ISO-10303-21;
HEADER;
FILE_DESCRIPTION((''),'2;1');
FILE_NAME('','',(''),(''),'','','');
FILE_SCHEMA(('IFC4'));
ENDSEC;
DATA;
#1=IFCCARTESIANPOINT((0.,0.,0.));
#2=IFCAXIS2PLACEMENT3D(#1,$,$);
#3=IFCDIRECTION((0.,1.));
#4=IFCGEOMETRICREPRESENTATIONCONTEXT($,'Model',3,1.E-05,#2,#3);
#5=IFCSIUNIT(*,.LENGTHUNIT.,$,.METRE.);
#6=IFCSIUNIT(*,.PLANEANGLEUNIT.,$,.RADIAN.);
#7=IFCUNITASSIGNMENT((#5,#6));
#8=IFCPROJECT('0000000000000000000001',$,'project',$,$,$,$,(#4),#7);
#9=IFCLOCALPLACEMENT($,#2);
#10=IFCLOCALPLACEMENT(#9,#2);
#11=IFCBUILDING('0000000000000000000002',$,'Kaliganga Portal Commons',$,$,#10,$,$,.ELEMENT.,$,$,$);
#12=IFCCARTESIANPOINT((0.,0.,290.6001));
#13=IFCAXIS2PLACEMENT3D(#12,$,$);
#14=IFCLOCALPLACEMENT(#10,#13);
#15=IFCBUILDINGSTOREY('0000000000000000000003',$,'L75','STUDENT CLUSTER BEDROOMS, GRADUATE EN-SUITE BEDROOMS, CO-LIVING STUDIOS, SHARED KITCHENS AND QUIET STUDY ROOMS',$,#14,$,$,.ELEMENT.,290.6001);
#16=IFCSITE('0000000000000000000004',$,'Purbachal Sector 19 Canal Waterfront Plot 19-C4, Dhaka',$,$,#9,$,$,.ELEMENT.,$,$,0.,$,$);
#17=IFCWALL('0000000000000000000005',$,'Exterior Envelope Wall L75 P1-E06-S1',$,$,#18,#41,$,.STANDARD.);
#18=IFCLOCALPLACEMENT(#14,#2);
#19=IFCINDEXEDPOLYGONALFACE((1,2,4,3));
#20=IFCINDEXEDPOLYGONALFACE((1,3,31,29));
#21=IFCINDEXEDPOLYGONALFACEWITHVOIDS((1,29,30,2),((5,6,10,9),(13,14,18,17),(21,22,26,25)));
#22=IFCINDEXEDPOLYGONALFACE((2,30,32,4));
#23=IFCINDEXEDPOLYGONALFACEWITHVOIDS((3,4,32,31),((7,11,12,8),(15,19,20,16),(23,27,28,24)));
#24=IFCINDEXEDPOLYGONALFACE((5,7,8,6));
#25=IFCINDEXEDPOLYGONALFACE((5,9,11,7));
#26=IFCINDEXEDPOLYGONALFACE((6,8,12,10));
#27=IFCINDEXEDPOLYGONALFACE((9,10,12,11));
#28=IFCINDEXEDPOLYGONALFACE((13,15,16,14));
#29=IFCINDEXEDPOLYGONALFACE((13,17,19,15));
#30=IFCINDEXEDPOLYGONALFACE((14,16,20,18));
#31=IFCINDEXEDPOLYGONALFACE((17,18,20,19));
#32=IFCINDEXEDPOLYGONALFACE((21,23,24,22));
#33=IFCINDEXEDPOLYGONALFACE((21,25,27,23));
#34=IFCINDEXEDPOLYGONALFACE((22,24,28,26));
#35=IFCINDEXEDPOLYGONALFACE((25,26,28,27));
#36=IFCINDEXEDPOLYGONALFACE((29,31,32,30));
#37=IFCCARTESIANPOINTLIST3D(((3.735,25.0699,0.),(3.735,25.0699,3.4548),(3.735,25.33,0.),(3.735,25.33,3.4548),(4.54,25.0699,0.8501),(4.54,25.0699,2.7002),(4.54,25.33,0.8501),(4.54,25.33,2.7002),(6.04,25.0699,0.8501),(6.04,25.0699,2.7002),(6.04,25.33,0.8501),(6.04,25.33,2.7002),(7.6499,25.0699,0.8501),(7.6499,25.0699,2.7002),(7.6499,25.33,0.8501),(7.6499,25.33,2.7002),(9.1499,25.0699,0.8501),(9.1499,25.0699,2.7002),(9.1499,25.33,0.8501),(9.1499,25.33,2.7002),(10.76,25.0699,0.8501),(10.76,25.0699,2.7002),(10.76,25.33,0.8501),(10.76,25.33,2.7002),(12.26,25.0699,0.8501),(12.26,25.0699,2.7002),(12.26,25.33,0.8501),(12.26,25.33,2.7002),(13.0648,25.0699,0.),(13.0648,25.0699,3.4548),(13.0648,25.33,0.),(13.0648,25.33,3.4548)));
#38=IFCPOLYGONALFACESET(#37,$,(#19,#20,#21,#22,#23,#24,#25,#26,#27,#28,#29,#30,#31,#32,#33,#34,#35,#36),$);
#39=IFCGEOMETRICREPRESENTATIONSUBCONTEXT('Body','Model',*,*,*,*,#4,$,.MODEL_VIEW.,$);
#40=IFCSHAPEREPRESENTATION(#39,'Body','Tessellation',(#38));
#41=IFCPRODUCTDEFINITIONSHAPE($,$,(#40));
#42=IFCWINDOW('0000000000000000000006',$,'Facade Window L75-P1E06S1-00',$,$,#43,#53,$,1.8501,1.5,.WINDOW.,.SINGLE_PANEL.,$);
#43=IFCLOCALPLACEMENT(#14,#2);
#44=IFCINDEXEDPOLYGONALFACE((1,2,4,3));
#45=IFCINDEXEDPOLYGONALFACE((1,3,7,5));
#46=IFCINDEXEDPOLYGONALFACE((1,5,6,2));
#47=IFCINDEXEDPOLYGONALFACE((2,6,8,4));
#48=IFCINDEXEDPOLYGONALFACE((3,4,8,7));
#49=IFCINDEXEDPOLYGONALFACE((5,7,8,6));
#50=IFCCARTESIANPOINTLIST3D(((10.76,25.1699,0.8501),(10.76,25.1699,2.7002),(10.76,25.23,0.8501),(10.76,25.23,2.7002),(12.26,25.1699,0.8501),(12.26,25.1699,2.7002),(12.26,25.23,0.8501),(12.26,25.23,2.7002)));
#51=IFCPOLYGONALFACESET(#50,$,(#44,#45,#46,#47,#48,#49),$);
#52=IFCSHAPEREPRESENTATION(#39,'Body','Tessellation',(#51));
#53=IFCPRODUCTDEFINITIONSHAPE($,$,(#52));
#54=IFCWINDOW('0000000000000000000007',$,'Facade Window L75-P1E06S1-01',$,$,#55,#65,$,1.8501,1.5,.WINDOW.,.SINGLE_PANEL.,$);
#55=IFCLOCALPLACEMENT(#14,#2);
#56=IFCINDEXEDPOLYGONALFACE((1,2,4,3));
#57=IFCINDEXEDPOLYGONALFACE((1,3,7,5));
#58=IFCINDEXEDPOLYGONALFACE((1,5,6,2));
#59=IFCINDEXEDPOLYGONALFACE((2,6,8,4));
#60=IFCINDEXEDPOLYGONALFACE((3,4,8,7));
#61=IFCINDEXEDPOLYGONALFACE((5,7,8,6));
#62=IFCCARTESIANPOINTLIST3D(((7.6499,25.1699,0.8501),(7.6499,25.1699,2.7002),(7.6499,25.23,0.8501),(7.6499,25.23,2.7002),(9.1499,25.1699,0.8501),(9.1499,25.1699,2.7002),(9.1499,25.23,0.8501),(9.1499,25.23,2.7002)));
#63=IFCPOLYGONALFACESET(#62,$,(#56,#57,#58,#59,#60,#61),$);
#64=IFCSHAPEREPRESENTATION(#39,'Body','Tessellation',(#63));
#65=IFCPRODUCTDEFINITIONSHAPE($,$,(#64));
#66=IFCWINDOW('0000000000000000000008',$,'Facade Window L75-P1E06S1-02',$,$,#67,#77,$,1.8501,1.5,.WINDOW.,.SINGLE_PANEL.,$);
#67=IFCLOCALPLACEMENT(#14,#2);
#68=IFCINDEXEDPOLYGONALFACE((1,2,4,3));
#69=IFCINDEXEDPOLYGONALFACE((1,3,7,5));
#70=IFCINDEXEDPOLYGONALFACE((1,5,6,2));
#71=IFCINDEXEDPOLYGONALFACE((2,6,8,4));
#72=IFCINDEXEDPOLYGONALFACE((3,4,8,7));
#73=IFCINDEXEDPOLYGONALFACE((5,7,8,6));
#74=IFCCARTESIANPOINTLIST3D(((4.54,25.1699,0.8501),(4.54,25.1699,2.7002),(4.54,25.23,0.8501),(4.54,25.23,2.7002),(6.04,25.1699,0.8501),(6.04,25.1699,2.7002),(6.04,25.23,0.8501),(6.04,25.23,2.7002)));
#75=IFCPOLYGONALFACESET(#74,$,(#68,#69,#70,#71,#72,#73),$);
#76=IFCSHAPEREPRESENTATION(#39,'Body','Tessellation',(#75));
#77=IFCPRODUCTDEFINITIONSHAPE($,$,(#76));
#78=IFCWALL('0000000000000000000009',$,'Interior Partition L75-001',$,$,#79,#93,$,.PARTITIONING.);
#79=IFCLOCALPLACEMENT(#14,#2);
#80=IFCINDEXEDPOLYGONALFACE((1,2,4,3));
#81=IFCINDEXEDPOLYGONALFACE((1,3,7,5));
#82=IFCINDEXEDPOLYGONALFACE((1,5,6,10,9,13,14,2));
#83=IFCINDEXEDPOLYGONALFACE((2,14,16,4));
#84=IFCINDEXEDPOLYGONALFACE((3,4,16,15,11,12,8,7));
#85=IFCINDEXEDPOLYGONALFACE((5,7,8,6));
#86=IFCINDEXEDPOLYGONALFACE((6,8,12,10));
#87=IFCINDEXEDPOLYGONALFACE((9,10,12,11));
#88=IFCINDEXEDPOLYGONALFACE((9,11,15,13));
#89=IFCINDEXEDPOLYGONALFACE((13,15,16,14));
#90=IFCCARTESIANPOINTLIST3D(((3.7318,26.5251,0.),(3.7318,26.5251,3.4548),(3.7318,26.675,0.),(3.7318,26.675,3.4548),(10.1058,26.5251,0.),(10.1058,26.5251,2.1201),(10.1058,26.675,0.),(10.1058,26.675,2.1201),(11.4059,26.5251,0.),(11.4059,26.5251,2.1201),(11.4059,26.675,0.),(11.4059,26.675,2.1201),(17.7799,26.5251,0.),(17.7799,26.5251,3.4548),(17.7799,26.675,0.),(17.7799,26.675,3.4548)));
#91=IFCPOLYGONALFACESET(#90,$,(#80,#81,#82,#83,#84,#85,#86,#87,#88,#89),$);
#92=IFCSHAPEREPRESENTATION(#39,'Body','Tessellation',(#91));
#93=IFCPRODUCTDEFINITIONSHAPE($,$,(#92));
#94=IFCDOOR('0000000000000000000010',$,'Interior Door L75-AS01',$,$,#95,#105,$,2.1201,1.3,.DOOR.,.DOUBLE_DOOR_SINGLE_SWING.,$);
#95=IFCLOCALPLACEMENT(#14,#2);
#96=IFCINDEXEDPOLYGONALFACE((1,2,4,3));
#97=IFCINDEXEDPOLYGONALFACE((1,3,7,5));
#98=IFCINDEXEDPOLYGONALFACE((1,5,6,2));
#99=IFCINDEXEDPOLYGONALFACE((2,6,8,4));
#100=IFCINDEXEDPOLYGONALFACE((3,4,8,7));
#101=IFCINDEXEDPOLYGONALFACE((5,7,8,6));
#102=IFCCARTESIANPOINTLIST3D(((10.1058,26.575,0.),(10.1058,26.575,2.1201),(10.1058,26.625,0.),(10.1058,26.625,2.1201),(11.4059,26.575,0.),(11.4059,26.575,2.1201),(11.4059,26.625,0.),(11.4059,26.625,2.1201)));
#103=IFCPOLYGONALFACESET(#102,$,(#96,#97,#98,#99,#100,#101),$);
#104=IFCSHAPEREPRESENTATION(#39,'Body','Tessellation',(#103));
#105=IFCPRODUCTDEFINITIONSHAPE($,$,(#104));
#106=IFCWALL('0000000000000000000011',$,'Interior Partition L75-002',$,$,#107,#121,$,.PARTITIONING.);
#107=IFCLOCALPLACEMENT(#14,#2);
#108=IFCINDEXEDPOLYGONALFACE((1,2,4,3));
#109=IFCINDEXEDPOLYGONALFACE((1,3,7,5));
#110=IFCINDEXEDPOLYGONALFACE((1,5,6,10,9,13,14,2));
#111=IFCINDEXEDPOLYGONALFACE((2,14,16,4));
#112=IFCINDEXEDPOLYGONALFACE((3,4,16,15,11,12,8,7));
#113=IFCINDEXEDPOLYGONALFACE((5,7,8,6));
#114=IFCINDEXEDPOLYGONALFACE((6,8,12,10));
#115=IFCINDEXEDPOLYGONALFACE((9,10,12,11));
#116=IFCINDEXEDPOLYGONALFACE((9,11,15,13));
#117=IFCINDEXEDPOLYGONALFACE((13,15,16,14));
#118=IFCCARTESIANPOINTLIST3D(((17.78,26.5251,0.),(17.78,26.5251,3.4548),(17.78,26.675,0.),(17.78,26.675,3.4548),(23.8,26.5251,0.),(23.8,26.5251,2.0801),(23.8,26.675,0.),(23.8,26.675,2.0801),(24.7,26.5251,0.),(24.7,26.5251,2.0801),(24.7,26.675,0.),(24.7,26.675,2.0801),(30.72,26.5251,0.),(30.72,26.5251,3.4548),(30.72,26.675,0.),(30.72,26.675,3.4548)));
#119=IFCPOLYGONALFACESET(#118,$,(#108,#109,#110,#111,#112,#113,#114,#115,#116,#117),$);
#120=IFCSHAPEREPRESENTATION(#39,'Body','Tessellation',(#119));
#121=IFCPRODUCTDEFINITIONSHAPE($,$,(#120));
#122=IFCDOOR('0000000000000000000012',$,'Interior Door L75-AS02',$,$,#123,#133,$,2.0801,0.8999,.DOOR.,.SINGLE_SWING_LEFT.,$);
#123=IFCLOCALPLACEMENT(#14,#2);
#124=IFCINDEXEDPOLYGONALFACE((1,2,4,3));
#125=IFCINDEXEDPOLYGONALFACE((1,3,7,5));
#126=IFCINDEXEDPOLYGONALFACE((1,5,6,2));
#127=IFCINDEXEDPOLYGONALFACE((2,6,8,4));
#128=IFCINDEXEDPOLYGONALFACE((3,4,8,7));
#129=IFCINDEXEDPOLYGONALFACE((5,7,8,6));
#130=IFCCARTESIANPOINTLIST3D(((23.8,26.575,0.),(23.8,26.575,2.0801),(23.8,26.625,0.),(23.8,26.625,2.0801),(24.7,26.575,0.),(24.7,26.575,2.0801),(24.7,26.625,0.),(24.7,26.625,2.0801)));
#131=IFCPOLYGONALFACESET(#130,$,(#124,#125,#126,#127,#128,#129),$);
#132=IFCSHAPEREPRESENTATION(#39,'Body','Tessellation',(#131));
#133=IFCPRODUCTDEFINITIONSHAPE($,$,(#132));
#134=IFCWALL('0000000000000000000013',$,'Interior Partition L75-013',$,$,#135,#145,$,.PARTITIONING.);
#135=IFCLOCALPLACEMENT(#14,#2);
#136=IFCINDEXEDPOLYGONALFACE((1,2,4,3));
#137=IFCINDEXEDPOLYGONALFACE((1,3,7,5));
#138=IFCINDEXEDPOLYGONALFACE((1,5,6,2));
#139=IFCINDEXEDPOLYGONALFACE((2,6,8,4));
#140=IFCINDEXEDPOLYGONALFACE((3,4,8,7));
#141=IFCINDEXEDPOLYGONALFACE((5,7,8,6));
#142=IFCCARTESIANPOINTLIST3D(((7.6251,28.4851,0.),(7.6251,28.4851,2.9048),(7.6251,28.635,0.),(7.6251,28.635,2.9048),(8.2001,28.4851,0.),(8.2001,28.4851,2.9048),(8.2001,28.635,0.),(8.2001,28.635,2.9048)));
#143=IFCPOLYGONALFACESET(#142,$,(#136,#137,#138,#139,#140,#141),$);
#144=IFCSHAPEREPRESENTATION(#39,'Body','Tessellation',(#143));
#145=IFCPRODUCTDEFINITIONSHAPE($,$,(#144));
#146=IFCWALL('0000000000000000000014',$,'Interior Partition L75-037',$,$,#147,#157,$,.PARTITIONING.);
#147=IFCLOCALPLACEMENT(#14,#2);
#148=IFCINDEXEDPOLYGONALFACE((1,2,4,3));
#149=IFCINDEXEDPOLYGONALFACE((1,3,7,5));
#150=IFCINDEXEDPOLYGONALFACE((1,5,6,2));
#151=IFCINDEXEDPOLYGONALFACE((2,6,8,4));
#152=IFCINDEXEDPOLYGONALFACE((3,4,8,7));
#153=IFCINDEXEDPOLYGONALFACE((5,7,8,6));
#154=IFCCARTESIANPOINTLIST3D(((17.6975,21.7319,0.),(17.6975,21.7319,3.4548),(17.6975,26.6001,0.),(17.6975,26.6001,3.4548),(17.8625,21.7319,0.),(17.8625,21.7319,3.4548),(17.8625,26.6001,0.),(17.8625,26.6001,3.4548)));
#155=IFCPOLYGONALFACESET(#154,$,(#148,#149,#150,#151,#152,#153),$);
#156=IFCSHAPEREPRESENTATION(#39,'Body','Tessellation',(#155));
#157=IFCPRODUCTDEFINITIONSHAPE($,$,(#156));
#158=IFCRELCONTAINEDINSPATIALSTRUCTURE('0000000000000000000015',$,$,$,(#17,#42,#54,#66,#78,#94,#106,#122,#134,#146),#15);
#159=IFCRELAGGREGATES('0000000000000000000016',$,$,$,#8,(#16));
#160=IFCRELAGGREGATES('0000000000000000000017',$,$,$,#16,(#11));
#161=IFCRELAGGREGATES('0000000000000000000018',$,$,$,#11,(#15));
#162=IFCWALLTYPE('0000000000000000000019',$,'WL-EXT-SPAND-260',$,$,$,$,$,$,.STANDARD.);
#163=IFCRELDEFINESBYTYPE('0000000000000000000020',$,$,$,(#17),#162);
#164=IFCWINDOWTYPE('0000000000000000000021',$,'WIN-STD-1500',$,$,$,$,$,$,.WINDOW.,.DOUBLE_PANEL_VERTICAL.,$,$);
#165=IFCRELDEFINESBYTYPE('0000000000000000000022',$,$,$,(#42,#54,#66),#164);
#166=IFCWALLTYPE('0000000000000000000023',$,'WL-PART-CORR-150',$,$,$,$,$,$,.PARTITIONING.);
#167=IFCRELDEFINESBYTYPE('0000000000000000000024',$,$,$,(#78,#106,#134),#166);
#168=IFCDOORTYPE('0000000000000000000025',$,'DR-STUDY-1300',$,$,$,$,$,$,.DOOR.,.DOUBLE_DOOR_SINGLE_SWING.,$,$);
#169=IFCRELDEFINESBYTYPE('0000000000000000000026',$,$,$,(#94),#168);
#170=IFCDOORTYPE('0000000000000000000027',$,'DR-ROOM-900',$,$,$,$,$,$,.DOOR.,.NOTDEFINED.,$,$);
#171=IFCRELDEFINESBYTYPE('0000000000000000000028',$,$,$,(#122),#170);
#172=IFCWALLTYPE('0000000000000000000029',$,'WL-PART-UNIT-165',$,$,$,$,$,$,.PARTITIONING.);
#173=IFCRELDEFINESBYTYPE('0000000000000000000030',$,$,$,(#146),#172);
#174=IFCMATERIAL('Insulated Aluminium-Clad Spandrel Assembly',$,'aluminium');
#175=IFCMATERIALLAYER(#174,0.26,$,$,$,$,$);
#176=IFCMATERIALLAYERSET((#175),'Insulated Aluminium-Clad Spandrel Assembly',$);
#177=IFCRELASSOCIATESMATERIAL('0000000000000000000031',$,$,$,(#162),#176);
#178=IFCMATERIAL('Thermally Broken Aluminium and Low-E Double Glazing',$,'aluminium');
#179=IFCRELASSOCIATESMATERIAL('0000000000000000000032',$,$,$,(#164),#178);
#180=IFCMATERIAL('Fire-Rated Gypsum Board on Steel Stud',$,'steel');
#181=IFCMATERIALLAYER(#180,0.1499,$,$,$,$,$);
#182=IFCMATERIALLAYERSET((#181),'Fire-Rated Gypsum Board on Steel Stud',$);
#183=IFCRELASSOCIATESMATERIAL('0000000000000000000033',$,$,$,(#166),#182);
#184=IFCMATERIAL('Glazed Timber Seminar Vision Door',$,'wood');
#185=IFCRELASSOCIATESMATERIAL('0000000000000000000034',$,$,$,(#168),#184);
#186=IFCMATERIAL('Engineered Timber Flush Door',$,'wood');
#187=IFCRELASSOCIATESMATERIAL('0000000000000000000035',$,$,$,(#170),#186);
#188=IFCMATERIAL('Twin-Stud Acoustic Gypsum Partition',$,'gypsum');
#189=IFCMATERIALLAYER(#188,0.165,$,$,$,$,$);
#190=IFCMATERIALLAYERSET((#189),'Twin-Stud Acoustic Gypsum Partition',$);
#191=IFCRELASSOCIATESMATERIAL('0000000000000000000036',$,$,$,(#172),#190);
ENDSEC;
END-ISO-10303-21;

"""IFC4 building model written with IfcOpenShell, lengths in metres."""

from ifc_helpers import new_model, si_unit, direction, frame, frame_2d, origin, place, context, subcontext, project, spatial, rectangle, extrude, material, layer, layer_set, type_object, element, fill, save


model = new_model("IFC4")

# Units and contexts
model_context = context("Model", 3, precision=1e-05, world=origin(), true_north=direction((0.0, 1.0)))
body_context = subcontext(model_context, "Body", "Model", "MODEL_VIEW")
ifc_project = project(units=[si_unit("LENGTHUNIT", "METRE"), si_unit("PLANEANGLEUNIT", "RADIAN")], contexts=[model_context])

# Site, building, storey
site_placement = place(None, origin())
site = spatial("IfcSite", under=ifc_project, at=site_placement, Name="Purbachal Sector 19 Canal Waterfront Plot 19-C4, Dhaka", CompositionType="ELEMENT", RefElevation=0.0)
building_placement = place(site_placement, origin())
building = spatial("IfcBuilding", under=site, at=building_placement, Name="Kaliganga Portal Commons", CompositionType="ELEMENT")
storey_placement = place(building_placement, frame((0.0, 0.0, 290.6001)))
storey = spatial("IfcBuildingStorey", under=building, at=storey_placement, Name="L75", Description="STUDENT CLUSTER BEDROOMS, GRADUATE EN-SUITE BEDROOMS, CO-LIVING STUDIOS, SHARED KITCHENS AND QUIET STUDY ROOMS", CompositionType="ELEMENT", Elevation=290.6001)

# Shared definitions
ifc_material_1 = material(Name="Insulated Aluminium-Clad Spandrel Assembly", Category="aluminium")
ifc_layer_1 = layer(ifc_material_1, 0.26)
ifc_layer_set_1 = layer_set([ifc_layer_1], Name="Insulated Aluminium-Clad Spandrel Assembly")
wall_type_1 = type_object("IfcWallType", Name="WL-EXT-SPAND-260", PredefinedType="STANDARD", material=ifc_layer_set_1)
ifc_material_2 = material(Name="Thermally Broken Aluminium and Low-E Double Glazing", Category="aluminium")

# Wall, openings, windows
wall_1_placement = place(storey_placement, frame((13.0649, 25.2, 0.0), z_axis=(0.0, 0.0, 1.0), x_axis=(-1.0, 0.0, 0.0)))
wall_1 = element("IfcWall", 1, at=wall_1_placement, inside=storey, type_object=wall_type_1, Name="Exterior Envelope Wall L75 P1-E06-S1", PredefinedType="STANDARD", context=body_context, shape_type="SweptSolid", body=[
    extrude(rectangle(XDim=9.3298, YDim=0.26, at=frame_2d((4.665, 0.0))), origin(), (0.0, 0.0, 1.0), 3.4548),
])
opening_1_placement = place(wall_1_placement, frame((0.8049, 0.0, 0.8501)))
opening_1 = element("IfcOpeningElement", 2, at=opening_1_placement, cuts=wall_1, PredefinedType="OPENING", context=body_context, shape_type="SweptSolid", body=[
    extrude(rectangle(XDim=1.5, YDim=1.8501, at=frame_2d((0.75, 0.925))), frame((0.0, 0.1401, 0.0), z_axis=(0.0, -1.0, 0.0), x_axis=(1.0, 0.0, 0.0)), (0.0, 0.0, 1.0), 0.28),
])
opening_2_placement = place(wall_1_placement, frame((3.915, 0.0, 0.8501)))
opening_2 = element("IfcOpeningElement", 3, at=opening_2_placement, cuts=wall_1, PredefinedType="OPENING", context=body_context, shape_type="SweptSolid", body=[
    extrude(rectangle(XDim=1.5, YDim=1.8501, at=frame_2d((0.75, 0.925))), frame((0.0, 0.1401, 0.0), z_axis=(0.0, -1.0, 0.0), x_axis=(1.0, 0.0, 0.0)), (0.0, 0.0, 1.0), 0.28),
])
opening_3_placement = place(wall_1_placement, frame((7.0249, 0.0, 0.8501)))
opening_3 = element("IfcOpeningElement", 4, at=opening_3_placement, cuts=wall_1, PredefinedType="OPENING", context=body_context, shape_type="SweptSolid", body=[
    extrude(rectangle(XDim=1.5, YDim=1.8501, at=frame_2d((0.75, 0.925))), frame((0.0, 0.1401, 0.0), z_axis=(0.0, -1.0, 0.0), x_axis=(1.0, 0.0, 0.0)), (0.0, 0.0, 1.0), 0.28),
])
window_type_1 = type_object("IfcWindowType", Name="WIN-STD-1500", PartitioningType="DOUBLE_PANEL_VERTICAL", PredefinedType="WINDOW", material=ifc_material_2)
window_1_placement = place(opening_1_placement, origin())
window_1 = element("IfcWindow", 5, at=window_1_placement, inside=storey, type_object=window_type_1, Name="Facade Window L75-P1E06S1-00", OverallHeight=1.8501, OverallWidth=1.5, PartitioningType="SINGLE_PANEL", PredefinedType="WINDOW", context=body_context, shape_type="SweptSolid", body=[
    extrude(rectangle(XDim=1.5, YDim=1.8501, at=frame_2d((0.75, 0.925))), frame((0.0, 0.03, 0.0), z_axis=(0.0, -1.0, 0.0), x_axis=(1.0, 0.0, 0.0)), (0.0, 0.0, 1.0), 0.0601),
])
fill(opening_1, window_1)
window_2_placement = place(opening_2_placement, origin())
window_2 = element("IfcWindow", 6, at=window_2_placement, inside=storey, type_object=window_type_1, Name="Facade Window L75-P1E06S1-01", OverallHeight=1.8501, OverallWidth=1.5, PartitioningType="SINGLE_PANEL", PredefinedType="WINDOW", context=body_context, shape_type="SweptSolid", body=[
    extrude(rectangle(XDim=1.5, YDim=1.8501, at=frame_2d((0.75, 0.925))), frame((0.0, 0.03, 0.0), z_axis=(0.0, -1.0, 0.0), x_axis=(1.0, 0.0, 0.0)), (0.0, 0.0, 1.0), 0.0601),
])
fill(opening_2, window_2)
window_3_placement = place(opening_3_placement, origin())
window_3 = element("IfcWindow", 7, at=window_3_placement, inside=storey, type_object=window_type_1, Name="Facade Window L75-P1E06S1-02", OverallHeight=1.8501, OverallWidth=1.5, PartitioningType="SINGLE_PANEL", PredefinedType="WINDOW", context=body_context, shape_type="SweptSolid", body=[
    extrude(rectangle(XDim=1.5, YDim=1.8501, at=frame_2d((0.75, 0.925))), frame((0.0, 0.03, 0.0), z_axis=(0.0, -1.0, 0.0), x_axis=(1.0, 0.0, 0.0)), (0.0, 0.0, 1.0), 0.0601),
])
fill(opening_3, window_3)

# Walls, openings, doors
ifc_material_3 = material(Name="Fire-Rated Gypsum Board on Steel Stud", Category="steel")
ifc_layer_2 = layer(ifc_material_3, 0.1499)
ifc_layer_set_2 = layer_set([ifc_layer_2], Name="Fire-Rated Gypsum Board on Steel Stud")
wall_type_2 = type_object("IfcWallType", Name="WL-PART-CORR-150", PredefinedType="PARTITIONING", material=ifc_layer_set_2)
wall_2_placement = place(storey_placement, frame((3.7319, 26.6001, 0.0), z_axis=(0.0, 0.0, 1.0), x_axis=(1.0, 0.0, 0.0)))
wall_2 = element("IfcWall", 8, at=wall_2_placement, inside=storey, type_object=wall_type_2, Name="Interior Partition L75-001", PredefinedType="PARTITIONING", context=body_context, shape_type="SweptSolid", body=[
    extrude(rectangle(XDim=14.0481, YDim=0.1499, at=frame_2d((7.0239, 0.0))), origin(), (0.0, 0.0, 1.0), 3.4548),
])
opening_4_placement = place(wall_2_placement, frame((6.374, 0.0, 0.0)))
opening_4 = element("IfcOpeningElement", 9, at=opening_4_placement, cuts=wall_2, PredefinedType="OPENING", context=body_context, shape_type="SweptSolid", body=[
    extrude(rectangle(XDim=1.3, YDim=2.1201, at=frame_2d((0.6499, 1.0601))), frame((0.0, 0.085, 0.0), z_axis=(0.0, -1.0, 0.0), x_axis=(1.0, 0.0, 0.0)), (0.0, 0.0, 1.0), 0.1699),
])
ifc_material_4 = material(Name="Glazed Timber Seminar Vision Door", Category="wood")
door_type_1 = type_object("IfcDoorType", Name="DR-STUDY-1300", OperationType="DOUBLE_DOOR_SINGLE_SWING", PredefinedType="DOOR", material=ifc_material_4)
door_1_placement = place(opening_4_placement, origin())
door_1 = element("IfcDoor", 10, at=door_1_placement, inside=storey, type_object=door_type_1, Name="Interior Door L75-AS01", OperationType="DOUBLE_DOOR_SINGLE_SWING", OverallHeight=2.1201, OverallWidth=1.3, PredefinedType="DOOR", context=body_context, shape_type="SweptSolid", body=[
    extrude(rectangle(XDim=1.3, YDim=2.1201, at=frame_2d((0.6499, 1.0601))), frame((0.0, 0.0249, 0.0), z_axis=(0.0, -1.0, 0.0), x_axis=(1.0, 0.0, 0.0)), (0.0, 0.0, 1.0), 0.05),
])
fill(opening_4, door_1)
wall_3_placement = place(storey_placement, frame((17.78, 26.6001, 0.0), z_axis=(0.0, 0.0, 1.0), x_axis=(1.0, 0.0, 0.0)))
wall_3 = element("IfcWall", 11, at=wall_3_placement, inside=storey, type_object=wall_type_2, Name="Interior Partition L75-002", PredefinedType="PARTITIONING", context=body_context, shape_type="SweptSolid", body=[
    extrude(rectangle(XDim=12.9399, YDim=0.1499, at=frame_2d((6.47, 0.0))), origin(), (0.0, 0.0, 1.0), 3.4548),
])
opening_5_placement = place(wall_3_placement, frame((6.02, 0.0, 0.0)))
opening_5 = element("IfcOpeningElement", 12, at=opening_5_placement, cuts=wall_3, PredefinedType="OPENING", context=body_context, shape_type="SweptSolid", body=[
    extrude(rectangle(XDim=0.8999, YDim=2.0801, at=frame_2d((0.45, 1.04))), frame((0.0, 0.085, 0.0), z_axis=(0.0, -1.0, 0.0), x_axis=(1.0, 0.0, 0.0)), (0.0, 0.0, 1.0), 0.1699),
])
ifc_material_5 = material(Name="Engineered Timber Flush Door", Category="wood")
door_type_2 = type_object("IfcDoorType", Name="DR-ROOM-900", OperationType="NOTDEFINED", PredefinedType="DOOR", material=ifc_material_5)
door_2_placement = place(opening_5_placement, origin())
door_2 = element("IfcDoor", 13, at=door_2_placement, inside=storey, type_object=door_type_2, Name="Interior Door L75-AS02", OperationType="SINGLE_SWING_LEFT", OverallHeight=2.0801, OverallWidth=0.8999, PredefinedType="DOOR", context=body_context, shape_type="SweptSolid", body=[
    extrude(rectangle(XDim=0.8999, YDim=2.0801, at=frame_2d((0.45, 1.04))), frame((0.0, 0.0249, 0.0), z_axis=(0.0, -1.0, 0.0), x_axis=(1.0, 0.0, 0.0)), (0.0, 0.0, 1.0), 0.05),
])
fill(opening_5, door_2)

# Walls
wall_4_placement = place(storey_placement, frame((7.625, 28.5601, 0.0), z_axis=(0.0, 0.0, 1.0), x_axis=(1.0, 0.0, 0.0)))
element("IfcWall", 14, at=wall_4_placement, inside=storey, type_object=wall_type_2, Name="Interior Partition L75-013", PredefinedType="PARTITIONING", context=body_context, shape_type="SweptSolid", body=[
    extrude(rectangle(XDim=0.575, YDim=0.1499, at=frame_2d((0.2876, 0.0))), origin(), (0.0, 0.0, 1.0), 2.9048),
])
ifc_material_6 = material(Name="Twin-Stud Acoustic Gypsum Partition", Category="gypsum")
ifc_layer_3 = layer(ifc_material_6, 0.165)
ifc_layer_set_3 = layer_set([ifc_layer_3], Name="Twin-Stud Acoustic Gypsum Partition")
wall_type_3 = type_object("IfcWallType", Name="WL-PART-UNIT-165", PredefinedType="PARTITIONING", material=ifc_layer_set_3)
wall_5_placement = place(storey_placement, frame((17.78, 21.7319, 0.0), z_axis=(0.0, 0.0, 1.0), x_axis=(0.0, 1.0, 0.0)))
element("IfcWall", 15, at=wall_5_placement, inside=storey, type_object=wall_type_3, Name="Interior Partition L75-037", PredefinedType="PARTITIONING", context=body_context, shape_type="SweptSolid", body=[
    extrude(rectangle(XDim=4.8682, YDim=0.165, at=frame_2d((2.4341, 0.0))), origin(), (0.0, 0.0, 1.0), 3.4548),
])

save(model, "model.ifc")
